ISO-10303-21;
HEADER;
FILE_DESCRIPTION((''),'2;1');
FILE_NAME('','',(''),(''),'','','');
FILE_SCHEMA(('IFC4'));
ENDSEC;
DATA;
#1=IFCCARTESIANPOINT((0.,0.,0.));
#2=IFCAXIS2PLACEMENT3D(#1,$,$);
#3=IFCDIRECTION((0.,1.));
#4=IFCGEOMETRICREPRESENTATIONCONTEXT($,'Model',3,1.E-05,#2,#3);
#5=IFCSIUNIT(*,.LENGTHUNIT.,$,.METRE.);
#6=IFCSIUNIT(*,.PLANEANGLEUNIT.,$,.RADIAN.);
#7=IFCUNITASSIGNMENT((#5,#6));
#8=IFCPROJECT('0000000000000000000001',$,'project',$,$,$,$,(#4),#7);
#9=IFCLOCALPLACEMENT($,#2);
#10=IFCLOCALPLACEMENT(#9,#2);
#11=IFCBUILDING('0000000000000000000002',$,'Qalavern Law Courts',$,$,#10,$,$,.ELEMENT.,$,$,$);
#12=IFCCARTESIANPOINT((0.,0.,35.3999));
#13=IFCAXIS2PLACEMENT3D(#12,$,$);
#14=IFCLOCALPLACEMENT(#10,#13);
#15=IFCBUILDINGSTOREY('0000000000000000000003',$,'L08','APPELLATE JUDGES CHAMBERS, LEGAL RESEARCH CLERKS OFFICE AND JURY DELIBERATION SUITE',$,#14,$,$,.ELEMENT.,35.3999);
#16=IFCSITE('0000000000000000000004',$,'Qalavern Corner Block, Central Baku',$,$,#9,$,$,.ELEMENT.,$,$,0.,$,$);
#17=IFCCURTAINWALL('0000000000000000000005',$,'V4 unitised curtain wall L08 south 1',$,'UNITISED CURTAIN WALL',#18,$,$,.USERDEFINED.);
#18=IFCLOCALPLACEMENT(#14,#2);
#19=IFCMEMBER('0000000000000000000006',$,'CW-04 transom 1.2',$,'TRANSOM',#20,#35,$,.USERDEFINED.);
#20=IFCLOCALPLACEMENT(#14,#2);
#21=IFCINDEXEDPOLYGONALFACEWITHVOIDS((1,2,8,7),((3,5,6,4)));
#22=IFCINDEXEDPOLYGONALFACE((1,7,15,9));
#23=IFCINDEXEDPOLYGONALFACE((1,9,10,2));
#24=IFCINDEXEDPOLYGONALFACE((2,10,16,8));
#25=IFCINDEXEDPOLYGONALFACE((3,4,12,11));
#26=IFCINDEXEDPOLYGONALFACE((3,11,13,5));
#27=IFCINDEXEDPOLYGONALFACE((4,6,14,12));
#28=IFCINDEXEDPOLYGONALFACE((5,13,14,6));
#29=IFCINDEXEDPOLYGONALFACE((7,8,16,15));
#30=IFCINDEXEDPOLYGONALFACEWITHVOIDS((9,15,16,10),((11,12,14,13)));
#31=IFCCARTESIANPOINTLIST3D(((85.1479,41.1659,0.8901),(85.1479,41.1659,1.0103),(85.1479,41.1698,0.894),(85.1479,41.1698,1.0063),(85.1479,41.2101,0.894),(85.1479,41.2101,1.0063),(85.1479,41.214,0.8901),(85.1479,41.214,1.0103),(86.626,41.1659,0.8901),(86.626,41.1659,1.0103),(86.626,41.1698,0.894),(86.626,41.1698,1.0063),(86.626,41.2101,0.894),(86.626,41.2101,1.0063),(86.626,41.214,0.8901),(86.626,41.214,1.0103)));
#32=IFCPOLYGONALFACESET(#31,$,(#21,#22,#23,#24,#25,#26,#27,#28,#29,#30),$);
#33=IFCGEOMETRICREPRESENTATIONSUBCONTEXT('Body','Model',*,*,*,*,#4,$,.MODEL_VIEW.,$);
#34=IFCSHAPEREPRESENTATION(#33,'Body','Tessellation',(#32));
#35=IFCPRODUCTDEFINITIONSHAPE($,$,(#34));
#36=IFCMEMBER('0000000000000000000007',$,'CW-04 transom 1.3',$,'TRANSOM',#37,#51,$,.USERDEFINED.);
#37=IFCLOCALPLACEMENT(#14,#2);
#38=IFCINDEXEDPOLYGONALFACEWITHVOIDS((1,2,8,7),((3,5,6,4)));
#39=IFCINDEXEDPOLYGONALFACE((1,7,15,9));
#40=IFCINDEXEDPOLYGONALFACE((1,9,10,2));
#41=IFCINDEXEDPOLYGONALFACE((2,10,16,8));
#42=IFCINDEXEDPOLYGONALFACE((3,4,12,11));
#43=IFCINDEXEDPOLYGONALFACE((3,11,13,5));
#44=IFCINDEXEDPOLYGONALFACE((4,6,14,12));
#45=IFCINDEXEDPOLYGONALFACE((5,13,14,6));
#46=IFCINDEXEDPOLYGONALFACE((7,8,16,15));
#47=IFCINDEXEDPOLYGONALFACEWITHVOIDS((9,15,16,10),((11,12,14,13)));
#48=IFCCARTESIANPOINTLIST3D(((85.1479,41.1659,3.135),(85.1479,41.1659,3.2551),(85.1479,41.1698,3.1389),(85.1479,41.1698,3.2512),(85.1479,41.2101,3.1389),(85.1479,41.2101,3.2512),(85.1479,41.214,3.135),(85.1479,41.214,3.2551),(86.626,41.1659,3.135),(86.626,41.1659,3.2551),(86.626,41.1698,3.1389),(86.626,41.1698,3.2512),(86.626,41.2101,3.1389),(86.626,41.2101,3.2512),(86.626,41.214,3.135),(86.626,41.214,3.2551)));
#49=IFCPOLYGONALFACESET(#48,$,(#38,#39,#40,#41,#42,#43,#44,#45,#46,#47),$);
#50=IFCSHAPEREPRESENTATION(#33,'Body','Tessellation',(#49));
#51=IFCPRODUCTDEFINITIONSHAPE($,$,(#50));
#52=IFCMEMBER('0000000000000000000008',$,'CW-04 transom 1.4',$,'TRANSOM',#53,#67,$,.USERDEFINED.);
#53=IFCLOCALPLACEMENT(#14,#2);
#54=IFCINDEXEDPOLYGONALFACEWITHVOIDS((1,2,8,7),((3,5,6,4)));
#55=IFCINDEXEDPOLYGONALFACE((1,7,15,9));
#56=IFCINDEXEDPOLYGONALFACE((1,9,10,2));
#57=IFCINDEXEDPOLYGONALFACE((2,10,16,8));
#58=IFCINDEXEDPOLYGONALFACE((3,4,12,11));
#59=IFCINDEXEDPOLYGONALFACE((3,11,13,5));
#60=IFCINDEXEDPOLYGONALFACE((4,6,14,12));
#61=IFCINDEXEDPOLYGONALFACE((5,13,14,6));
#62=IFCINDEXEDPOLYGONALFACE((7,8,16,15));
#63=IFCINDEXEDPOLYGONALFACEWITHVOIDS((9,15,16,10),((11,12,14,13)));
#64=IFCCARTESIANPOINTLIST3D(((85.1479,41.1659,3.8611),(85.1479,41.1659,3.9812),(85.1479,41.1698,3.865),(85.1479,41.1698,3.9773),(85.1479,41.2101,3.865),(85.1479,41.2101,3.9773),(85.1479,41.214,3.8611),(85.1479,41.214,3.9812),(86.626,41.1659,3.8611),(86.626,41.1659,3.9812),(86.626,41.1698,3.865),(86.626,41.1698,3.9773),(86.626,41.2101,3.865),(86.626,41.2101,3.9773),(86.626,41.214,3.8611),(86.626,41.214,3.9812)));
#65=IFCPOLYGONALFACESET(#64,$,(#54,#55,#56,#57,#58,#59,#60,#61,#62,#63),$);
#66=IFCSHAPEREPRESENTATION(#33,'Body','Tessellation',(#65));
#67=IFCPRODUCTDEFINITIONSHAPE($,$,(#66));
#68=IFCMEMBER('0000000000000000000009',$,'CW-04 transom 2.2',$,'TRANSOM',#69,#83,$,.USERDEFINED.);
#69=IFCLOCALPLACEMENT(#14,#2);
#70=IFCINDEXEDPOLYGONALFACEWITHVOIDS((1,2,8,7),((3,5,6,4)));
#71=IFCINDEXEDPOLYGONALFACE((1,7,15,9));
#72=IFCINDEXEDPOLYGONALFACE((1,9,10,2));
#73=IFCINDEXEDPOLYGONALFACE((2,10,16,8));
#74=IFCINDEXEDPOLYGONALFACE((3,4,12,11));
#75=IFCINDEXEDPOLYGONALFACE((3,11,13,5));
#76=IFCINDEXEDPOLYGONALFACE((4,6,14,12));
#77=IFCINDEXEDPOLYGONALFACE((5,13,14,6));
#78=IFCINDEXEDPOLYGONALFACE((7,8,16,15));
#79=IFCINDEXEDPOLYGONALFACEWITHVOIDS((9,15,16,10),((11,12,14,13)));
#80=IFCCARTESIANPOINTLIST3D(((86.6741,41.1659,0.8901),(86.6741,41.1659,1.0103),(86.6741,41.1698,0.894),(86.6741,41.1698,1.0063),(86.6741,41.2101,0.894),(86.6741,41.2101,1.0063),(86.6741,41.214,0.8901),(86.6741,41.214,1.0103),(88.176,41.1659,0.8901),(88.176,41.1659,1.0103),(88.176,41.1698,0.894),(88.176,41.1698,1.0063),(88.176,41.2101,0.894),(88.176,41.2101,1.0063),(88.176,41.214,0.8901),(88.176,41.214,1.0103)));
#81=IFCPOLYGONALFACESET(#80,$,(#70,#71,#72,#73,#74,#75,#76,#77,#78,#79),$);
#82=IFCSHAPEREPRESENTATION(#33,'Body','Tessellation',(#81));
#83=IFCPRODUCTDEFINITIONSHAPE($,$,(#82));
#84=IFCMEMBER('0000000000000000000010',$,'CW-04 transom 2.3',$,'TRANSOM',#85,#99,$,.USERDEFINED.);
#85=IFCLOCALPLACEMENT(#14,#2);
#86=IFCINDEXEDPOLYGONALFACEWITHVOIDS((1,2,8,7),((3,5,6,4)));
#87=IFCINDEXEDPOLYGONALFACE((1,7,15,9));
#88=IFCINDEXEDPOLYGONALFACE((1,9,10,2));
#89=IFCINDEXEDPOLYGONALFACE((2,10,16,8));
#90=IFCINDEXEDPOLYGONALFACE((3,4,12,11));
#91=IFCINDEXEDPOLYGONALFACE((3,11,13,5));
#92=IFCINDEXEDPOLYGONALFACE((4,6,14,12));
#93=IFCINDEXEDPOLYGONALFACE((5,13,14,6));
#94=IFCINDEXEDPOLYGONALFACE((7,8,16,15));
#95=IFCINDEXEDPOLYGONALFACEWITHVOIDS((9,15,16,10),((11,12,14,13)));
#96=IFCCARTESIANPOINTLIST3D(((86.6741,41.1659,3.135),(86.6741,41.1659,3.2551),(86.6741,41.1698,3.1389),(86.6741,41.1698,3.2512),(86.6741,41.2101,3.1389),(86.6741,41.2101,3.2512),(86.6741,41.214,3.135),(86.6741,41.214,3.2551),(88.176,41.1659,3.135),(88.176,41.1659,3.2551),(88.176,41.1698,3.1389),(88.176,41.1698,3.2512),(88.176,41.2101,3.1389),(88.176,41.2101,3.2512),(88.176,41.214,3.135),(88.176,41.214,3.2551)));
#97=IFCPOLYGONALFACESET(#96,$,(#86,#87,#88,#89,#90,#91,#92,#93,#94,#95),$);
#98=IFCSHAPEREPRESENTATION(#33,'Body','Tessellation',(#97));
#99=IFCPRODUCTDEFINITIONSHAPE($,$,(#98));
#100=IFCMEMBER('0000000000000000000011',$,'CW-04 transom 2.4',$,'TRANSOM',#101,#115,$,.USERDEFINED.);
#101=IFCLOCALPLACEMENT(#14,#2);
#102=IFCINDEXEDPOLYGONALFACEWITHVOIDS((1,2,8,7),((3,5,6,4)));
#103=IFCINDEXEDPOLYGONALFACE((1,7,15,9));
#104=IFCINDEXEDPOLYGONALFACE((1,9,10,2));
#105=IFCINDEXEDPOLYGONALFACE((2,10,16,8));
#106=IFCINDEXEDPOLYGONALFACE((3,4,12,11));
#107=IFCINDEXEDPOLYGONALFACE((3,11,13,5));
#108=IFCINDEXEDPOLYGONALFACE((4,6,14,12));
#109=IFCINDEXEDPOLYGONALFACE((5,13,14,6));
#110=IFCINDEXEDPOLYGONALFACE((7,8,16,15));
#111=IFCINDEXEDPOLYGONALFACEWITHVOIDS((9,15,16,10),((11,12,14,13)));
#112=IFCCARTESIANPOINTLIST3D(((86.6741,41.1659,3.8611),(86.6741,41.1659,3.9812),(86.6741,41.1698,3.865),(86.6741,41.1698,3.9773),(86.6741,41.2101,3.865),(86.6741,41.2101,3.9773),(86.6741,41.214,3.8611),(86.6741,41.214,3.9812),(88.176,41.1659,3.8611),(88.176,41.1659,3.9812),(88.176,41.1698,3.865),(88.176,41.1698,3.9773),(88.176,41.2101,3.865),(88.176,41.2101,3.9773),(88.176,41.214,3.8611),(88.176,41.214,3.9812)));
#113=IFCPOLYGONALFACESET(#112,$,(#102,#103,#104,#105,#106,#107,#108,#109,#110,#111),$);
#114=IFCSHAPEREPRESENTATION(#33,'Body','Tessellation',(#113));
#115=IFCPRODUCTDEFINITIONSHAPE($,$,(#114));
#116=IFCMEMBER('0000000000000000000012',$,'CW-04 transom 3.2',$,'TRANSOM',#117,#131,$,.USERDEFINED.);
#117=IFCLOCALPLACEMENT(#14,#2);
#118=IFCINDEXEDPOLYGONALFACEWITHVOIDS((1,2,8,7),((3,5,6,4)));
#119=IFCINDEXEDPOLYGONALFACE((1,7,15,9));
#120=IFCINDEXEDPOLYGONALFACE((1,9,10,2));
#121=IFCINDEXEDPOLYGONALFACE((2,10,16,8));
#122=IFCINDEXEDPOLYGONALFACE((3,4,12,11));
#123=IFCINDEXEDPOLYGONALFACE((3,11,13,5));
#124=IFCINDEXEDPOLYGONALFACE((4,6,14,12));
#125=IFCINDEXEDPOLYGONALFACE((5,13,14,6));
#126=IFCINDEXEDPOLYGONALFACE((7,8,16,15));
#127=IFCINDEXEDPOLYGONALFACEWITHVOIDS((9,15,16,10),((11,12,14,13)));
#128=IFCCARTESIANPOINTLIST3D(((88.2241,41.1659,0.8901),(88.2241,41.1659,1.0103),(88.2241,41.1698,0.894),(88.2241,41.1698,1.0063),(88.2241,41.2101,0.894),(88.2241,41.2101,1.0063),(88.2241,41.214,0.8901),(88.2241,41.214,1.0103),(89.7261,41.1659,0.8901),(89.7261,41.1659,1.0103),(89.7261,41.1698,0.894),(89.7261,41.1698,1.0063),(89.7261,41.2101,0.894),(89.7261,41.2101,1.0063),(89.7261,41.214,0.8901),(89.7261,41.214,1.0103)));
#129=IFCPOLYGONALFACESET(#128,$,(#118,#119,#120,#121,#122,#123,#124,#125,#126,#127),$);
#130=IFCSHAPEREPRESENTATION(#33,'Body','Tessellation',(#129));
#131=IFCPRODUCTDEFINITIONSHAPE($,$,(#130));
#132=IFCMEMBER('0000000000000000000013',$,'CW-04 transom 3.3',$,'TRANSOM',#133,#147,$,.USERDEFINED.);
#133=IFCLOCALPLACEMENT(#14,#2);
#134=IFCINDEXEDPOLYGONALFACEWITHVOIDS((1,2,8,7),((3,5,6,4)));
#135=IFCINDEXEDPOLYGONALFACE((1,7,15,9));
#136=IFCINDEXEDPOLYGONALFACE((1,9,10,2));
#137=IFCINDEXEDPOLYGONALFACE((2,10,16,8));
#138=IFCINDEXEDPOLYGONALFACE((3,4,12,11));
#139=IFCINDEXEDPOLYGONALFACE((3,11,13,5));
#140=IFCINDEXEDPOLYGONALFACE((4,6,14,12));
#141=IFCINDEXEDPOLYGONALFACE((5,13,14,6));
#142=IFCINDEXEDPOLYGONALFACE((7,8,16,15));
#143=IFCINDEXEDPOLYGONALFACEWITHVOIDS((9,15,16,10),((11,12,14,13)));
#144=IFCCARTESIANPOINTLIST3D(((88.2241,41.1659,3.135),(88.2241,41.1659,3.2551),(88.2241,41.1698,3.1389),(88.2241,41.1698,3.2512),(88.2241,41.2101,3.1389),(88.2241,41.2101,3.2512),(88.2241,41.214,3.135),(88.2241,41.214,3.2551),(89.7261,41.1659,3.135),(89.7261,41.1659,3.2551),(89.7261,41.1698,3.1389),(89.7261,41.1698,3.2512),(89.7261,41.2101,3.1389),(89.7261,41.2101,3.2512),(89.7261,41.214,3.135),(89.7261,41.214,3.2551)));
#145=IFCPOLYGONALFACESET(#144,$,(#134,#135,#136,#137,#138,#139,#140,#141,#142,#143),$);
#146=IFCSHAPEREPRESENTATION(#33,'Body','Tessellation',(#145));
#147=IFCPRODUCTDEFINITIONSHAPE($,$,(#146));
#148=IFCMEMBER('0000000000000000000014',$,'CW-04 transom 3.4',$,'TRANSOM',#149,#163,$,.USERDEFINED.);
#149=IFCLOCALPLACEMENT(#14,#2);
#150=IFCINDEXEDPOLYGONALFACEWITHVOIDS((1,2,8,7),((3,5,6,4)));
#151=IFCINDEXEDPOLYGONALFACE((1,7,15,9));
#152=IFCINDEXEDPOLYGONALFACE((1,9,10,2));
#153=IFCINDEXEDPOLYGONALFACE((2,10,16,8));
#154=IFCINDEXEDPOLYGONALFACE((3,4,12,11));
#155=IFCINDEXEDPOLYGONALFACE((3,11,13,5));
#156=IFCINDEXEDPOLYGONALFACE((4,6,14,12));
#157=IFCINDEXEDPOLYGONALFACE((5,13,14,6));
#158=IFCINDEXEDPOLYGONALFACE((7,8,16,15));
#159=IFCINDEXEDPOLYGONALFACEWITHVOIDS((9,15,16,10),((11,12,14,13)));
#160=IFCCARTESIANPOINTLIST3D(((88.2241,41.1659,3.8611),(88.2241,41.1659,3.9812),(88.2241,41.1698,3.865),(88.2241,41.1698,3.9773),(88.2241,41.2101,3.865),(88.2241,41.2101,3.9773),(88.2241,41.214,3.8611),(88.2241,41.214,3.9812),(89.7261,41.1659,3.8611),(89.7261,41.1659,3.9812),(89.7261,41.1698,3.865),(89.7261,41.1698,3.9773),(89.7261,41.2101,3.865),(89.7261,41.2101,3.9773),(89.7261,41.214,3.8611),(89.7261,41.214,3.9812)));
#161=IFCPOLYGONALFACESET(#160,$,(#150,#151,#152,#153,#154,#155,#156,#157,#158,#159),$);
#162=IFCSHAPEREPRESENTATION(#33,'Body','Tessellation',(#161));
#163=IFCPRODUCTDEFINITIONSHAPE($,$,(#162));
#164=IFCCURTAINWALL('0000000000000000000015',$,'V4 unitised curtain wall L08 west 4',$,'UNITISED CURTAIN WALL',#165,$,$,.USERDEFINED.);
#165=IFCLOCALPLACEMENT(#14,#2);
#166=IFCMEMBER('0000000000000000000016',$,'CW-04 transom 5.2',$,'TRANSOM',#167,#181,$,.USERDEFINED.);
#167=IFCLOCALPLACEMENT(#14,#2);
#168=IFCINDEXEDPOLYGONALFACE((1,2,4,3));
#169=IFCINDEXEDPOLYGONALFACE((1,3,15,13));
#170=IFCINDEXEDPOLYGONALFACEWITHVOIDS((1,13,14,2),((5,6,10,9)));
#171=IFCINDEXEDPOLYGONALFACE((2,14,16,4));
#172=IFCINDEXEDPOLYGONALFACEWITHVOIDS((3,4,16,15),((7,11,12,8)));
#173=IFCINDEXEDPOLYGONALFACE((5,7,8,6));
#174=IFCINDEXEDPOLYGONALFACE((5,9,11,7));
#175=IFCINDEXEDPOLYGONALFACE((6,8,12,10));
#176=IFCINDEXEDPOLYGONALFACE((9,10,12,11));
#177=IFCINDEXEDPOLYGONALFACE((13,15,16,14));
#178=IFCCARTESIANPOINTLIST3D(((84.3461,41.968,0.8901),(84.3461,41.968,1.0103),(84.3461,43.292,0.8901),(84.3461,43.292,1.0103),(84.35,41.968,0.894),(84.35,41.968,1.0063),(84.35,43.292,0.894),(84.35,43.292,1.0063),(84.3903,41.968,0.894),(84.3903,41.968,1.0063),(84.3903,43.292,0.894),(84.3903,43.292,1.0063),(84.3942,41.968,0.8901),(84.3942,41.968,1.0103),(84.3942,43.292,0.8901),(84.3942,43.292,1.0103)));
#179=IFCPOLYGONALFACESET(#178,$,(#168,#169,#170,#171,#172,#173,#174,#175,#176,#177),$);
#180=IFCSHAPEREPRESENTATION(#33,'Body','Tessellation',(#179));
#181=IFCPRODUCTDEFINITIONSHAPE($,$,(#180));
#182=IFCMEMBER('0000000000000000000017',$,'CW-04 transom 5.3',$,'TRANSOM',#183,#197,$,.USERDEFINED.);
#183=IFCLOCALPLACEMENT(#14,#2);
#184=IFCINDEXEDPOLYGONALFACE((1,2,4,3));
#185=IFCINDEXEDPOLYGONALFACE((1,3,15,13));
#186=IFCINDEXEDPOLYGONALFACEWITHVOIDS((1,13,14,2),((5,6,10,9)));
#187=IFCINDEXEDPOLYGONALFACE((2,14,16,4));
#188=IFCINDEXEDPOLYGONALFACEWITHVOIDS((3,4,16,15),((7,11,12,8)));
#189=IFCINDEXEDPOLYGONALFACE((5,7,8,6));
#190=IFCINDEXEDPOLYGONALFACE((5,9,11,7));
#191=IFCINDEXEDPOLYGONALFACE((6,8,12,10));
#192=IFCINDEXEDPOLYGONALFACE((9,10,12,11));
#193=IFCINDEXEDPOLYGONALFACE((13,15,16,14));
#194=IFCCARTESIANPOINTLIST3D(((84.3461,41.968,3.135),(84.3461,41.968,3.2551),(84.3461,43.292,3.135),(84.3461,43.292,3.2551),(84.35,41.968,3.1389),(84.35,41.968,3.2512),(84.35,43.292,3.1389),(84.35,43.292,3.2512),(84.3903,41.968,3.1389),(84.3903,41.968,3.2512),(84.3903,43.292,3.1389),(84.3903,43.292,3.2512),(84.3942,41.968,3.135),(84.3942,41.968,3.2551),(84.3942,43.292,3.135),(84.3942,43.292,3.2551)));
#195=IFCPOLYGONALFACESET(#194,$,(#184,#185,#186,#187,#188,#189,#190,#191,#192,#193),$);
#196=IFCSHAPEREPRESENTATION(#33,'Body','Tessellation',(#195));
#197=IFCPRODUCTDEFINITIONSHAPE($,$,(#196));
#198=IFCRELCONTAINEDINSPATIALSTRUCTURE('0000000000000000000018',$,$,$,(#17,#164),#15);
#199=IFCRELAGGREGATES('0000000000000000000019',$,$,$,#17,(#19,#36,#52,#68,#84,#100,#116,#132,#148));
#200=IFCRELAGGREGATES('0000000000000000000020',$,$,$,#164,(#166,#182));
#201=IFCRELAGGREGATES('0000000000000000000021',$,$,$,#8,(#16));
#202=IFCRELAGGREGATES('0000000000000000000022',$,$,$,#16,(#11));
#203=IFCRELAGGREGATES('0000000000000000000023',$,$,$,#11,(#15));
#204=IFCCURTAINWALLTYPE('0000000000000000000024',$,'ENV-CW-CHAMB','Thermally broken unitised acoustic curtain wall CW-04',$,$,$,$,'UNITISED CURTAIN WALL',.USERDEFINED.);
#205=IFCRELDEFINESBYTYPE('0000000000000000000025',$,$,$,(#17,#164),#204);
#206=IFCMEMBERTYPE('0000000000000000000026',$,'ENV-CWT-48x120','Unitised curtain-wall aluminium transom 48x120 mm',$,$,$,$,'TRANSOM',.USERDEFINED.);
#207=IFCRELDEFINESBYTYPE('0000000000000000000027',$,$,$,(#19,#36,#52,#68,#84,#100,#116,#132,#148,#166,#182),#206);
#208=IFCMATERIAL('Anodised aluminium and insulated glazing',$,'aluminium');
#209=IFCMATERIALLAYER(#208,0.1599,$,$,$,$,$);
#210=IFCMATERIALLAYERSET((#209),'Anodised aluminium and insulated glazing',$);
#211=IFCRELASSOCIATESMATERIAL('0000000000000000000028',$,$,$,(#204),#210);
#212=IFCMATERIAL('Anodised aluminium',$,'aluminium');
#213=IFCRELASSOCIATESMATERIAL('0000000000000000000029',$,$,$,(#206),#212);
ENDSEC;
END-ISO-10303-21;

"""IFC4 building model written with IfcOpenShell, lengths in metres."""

from ifc_helpers import new_model, si_unit, direction, frame, origin, origin_2d, place, context, subcontext, project, spatial, hollow_rectangle, extrude, material, layer, layer_set, material_profile, profile_set, type_object, element, aggregate, save


model = new_model("IFC4")

# Units and contexts
model_context = context("Model", 3, precision=1e-05, world=origin(), true_north=direction((0.0, 1.0)))
body_context = subcontext(model_context, "Body", "Model", "MODEL_VIEW")
ifc_project = project(units=[si_unit("LENGTHUNIT", "METRE"), si_unit("PLANEANGLEUNIT", "RADIAN")], contexts=[model_context])

# Site, building, storey
site_placement = place(None, origin())
site = spatial("IfcSite", under=ifc_project, at=site_placement, Name="Qalavern Corner Block, Central Baku", CompositionType="ELEMENT", RefElevation=0.0)
building_placement = place(site_placement, origin())
building = spatial("IfcBuilding", under=site, at=building_placement, Name="Qalavern Law Courts", CompositionType="ELEMENT")
storey_placement = place(building_placement, frame((0.0, 0.0, 35.3999)))
storey = spatial("IfcBuildingStorey", under=building, at=storey_placement, Name="L08", Description="APPELLATE JUDGES CHAMBERS, LEGAL RESEARCH CLERKS OFFICE AND JURY DELIBERATION SUITE", CompositionType="ELEMENT", Elevation=35.3999)

# Curtain walls, members
ifc_material_1 = material(Name="Anodised aluminium and insulated glazing", Category="aluminium")
ifc_layer_1 = layer(ifc_material_1, 0.1599)
ifc_layer_set_1 = layer_set([ifc_layer_1], Name="Anodised aluminium and insulated glazing")
curtain_wall_type = type_object("IfcCurtainWallType", Name="ENV-CW-CHAMB", Description="Thermally broken unitised acoustic curtain wall CW-04", ElementType="UNITISED CURTAIN WALL", PredefinedType="USERDEFINED", material=ifc_layer_set_1)
curtain_wall_1_placement = place(storey_placement, origin())
curtain_wall_1 = element("IfcCurtainWall", 1, at=curtain_wall_1_placement, inside=storey, type_object=curtain_wall_type, Name="V4 unitised curtain wall L08 south 1", ObjectType="UNITISED CURTAIN WALL", PredefinedType="USERDEFINED")
ifc_material_2 = material(Name="Anodised aluminium", Category="aluminium")
ifc_material_profile = material_profile(ifc_material_2, hollow_rectangle(XDim=0.0481, YDim=0.1201, WallThickness=0.0039, at=origin_2d()), Name="ALU TRANSOM 48x120")
ifc_profile_set = profile_set([ifc_material_profile], Name="Anodised aluminium")
member_type = type_object("IfcMemberType", Name="ENV-CWT-48x120", Description="Unitised curtain-wall aluminium transom 48x120 mm", ElementType="TRANSOM", PredefinedType="USERDEFINED", material=ifc_profile_set)
member_1_placement = place(storey_placement, frame((85.1479, 41.1899, 0.9502), z_axis=(1.0, 0.0, 0.0), x_axis=(0.0, 1.0, 0.0)))
member_1 = element("IfcMember", 2, at=member_1_placement, type_object=member_type, Name="CW-04 transom 1.2", ObjectType="TRANSOM", PredefinedType="USERDEFINED", context=body_context, shape_type="SweptSolid", body=[
    extrude(hollow_rectangle(XDim=0.0481, YDim=0.1201, WallThickness=0.0039, at=origin_2d()), origin(), (0.0, 0.0, 1.0), 1.478),
])
member_2_placement = place(storey_placement, frame((85.1479, 41.1899, 3.1951), z_axis=(1.0, 0.0, 0.0), x_axis=(0.0, 1.0, 0.0)))
member_2 = element("IfcMember", 3, at=member_2_placement, type_object=member_type, Name="CW-04 transom 1.3", ObjectType="TRANSOM", PredefinedType="USERDEFINED", context=body_context, shape_type="SweptSolid", body=[
    extrude(hollow_rectangle(XDim=0.0481, YDim=0.1201, WallThickness=0.0039, at=origin_2d()), origin(), (0.0, 0.0, 1.0), 1.478),
])
member_3_placement = place(storey_placement, frame((85.1479, 41.1899, 3.9211), z_axis=(1.0, 0.0, 0.0), x_axis=(0.0, 1.0, 0.0)))
member_3 = element("IfcMember", 4, at=member_3_placement, type_object=member_type, Name="CW-04 transom 1.4", ObjectType="TRANSOM", PredefinedType="USERDEFINED", context=body_context, shape_type="SweptSolid", body=[
    extrude(hollow_rectangle(XDim=0.0481, YDim=0.1201, WallThickness=0.0039, at=origin_2d()), origin(), (0.0, 0.0, 1.0), 1.478),
])
member_4_placement = place(storey_placement, frame((86.6741, 41.1899, 0.9502), z_axis=(1.0, 0.0, 0.0), x_axis=(0.0, 1.0, 0.0)))
member_4 = element("IfcMember", 5, at=member_4_placement, type_object=member_type, Name="CW-04 transom 2.2", ObjectType="TRANSOM", PredefinedType="USERDEFINED", context=body_context, shape_type="SweptSolid", body=[
    extrude(hollow_rectangle(XDim=0.0481, YDim=0.1201, WallThickness=0.0039, at=origin_2d()), origin(), (0.0, 0.0, 1.0), 1.502),
])
member_5_placement = place(storey_placement, frame((86.6741, 41.1899, 3.1951), z_axis=(1.0, 0.0, 0.0), x_axis=(0.0, 1.0, 0.0)))
member_5 = element("IfcMember", 6, at=member_5_placement, type_object=member_type, Name="CW-04 transom 2.3", ObjectType="TRANSOM", PredefinedType="USERDEFINED", context=body_context, shape_type="SweptSolid", body=[
    extrude(hollow_rectangle(XDim=0.0481, YDim=0.1201, WallThickness=0.0039, at=origin_2d()), origin(), (0.0, 0.0, 1.0), 1.502),
])
member_6_placement = place(storey_placement, frame((86.6741, 41.1899, 3.9211), z_axis=(1.0, 0.0, 0.0), x_axis=(0.0, 1.0, 0.0)))
member_6 = element("IfcMember", 7, at=member_6_placement, type_object=member_type, Name="CW-04 transom 2.4", ObjectType="TRANSOM", PredefinedType="USERDEFINED", context=body_context, shape_type="SweptSolid", body=[
    extrude(hollow_rectangle(XDim=0.0481, YDim=0.1201, WallThickness=0.0039, at=origin_2d()), origin(), (0.0, 0.0, 1.0), 1.502),
])
member_7_placement = place(storey_placement, frame((88.2241, 41.1899, 0.9502), z_axis=(1.0, 0.0, 0.0), x_axis=(0.0, 1.0, 0.0)))
member_7 = element("IfcMember", 8, at=member_7_placement, type_object=member_type, Name="CW-04 transom 3.2", ObjectType="TRANSOM", PredefinedType="USERDEFINED", context=body_context, shape_type="SweptSolid", body=[
    extrude(hollow_rectangle(XDim=0.0481, YDim=0.1201, WallThickness=0.0039, at=origin_2d()), origin(), (0.0, 0.0, 1.0), 1.502),
])
member_8_placement = place(storey_placement, frame((88.2241, 41.1899, 3.1951), z_axis=(1.0, 0.0, 0.0), x_axis=(0.0, 1.0, 0.0)))
member_8 = element("IfcMember", 9, at=member_8_placement, type_object=member_type, Name="CW-04 transom 3.3", ObjectType="TRANSOM", PredefinedType="USERDEFINED", context=body_context, shape_type="SweptSolid", body=[
    extrude(hollow_rectangle(XDim=0.0481, YDim=0.1201, WallThickness=0.0039, at=origin_2d()), origin(), (0.0, 0.0, 1.0), 1.502),
])
member_9_placement = place(storey_placement, frame((88.2241, 41.1899, 3.9211), z_axis=(1.0, 0.0, 0.0), x_axis=(0.0, 1.0, 0.0)))
member_9 = element("IfcMember", 10, at=member_9_placement, type_object=member_type, Name="CW-04 transom 3.4", ObjectType="TRANSOM", PredefinedType="USERDEFINED", context=body_context, shape_type="SweptSolid", body=[
    extrude(hollow_rectangle(XDim=0.0481, YDim=0.1201, WallThickness=0.0039, at=origin_2d()), origin(), (0.0, 0.0, 1.0), 1.502),
])
curtain_wall_2_placement = place(storey_placement, origin())
curtain_wall_2 = element("IfcCurtainWall", 11, at=curtain_wall_2_placement, inside=storey, type_object=curtain_wall_type, Name="V4 unitised curtain wall L08 west 4", ObjectType="UNITISED CURTAIN WALL", PredefinedType="USERDEFINED")
member_10_placement = place(storey_placement, frame((84.3701, 43.292, 0.9502), z_axis=(0.0, -1.0, 0.0), x_axis=(1.0, 0.0, 0.0)))
member_10 = element("IfcMember", 12, at=member_10_placement, type_object=member_type, Name="CW-04 transom 5.2", ObjectType="TRANSOM", PredefinedType="USERDEFINED", context=body_context, shape_type="SweptSolid", body=[
    extrude(hollow_rectangle(XDim=0.0481, YDim=0.1201, WallThickness=0.0039, at=origin_2d()), origin(), (0.0, 0.0, 1.0), 1.324),
])
member_11_placement = place(storey_placement, frame((84.3701, 43.292, 3.1951), z_axis=(0.0, -1.0, 0.0), x_axis=(1.0, 0.0, 0.0)))
member_11 = element("IfcMember", 13, at=member_11_placement, type_object=member_type, Name="CW-04 transom 5.3", ObjectType="TRANSOM", PredefinedType="USERDEFINED", context=body_context, shape_type="SweptSolid", body=[
    extrude(hollow_rectangle(XDim=0.0481, YDim=0.1201, WallThickness=0.0039, at=origin_2d()), origin(), (0.0, 0.0, 1.0), 1.324),
])

aggregate(curtain_wall_1, [member_1, member_2, member_3, member_4, member_5, member_6, member_7, member_8, member_9])
aggregate(curtain_wall_2, [member_10, member_11])

save(model, "model.ifc")
